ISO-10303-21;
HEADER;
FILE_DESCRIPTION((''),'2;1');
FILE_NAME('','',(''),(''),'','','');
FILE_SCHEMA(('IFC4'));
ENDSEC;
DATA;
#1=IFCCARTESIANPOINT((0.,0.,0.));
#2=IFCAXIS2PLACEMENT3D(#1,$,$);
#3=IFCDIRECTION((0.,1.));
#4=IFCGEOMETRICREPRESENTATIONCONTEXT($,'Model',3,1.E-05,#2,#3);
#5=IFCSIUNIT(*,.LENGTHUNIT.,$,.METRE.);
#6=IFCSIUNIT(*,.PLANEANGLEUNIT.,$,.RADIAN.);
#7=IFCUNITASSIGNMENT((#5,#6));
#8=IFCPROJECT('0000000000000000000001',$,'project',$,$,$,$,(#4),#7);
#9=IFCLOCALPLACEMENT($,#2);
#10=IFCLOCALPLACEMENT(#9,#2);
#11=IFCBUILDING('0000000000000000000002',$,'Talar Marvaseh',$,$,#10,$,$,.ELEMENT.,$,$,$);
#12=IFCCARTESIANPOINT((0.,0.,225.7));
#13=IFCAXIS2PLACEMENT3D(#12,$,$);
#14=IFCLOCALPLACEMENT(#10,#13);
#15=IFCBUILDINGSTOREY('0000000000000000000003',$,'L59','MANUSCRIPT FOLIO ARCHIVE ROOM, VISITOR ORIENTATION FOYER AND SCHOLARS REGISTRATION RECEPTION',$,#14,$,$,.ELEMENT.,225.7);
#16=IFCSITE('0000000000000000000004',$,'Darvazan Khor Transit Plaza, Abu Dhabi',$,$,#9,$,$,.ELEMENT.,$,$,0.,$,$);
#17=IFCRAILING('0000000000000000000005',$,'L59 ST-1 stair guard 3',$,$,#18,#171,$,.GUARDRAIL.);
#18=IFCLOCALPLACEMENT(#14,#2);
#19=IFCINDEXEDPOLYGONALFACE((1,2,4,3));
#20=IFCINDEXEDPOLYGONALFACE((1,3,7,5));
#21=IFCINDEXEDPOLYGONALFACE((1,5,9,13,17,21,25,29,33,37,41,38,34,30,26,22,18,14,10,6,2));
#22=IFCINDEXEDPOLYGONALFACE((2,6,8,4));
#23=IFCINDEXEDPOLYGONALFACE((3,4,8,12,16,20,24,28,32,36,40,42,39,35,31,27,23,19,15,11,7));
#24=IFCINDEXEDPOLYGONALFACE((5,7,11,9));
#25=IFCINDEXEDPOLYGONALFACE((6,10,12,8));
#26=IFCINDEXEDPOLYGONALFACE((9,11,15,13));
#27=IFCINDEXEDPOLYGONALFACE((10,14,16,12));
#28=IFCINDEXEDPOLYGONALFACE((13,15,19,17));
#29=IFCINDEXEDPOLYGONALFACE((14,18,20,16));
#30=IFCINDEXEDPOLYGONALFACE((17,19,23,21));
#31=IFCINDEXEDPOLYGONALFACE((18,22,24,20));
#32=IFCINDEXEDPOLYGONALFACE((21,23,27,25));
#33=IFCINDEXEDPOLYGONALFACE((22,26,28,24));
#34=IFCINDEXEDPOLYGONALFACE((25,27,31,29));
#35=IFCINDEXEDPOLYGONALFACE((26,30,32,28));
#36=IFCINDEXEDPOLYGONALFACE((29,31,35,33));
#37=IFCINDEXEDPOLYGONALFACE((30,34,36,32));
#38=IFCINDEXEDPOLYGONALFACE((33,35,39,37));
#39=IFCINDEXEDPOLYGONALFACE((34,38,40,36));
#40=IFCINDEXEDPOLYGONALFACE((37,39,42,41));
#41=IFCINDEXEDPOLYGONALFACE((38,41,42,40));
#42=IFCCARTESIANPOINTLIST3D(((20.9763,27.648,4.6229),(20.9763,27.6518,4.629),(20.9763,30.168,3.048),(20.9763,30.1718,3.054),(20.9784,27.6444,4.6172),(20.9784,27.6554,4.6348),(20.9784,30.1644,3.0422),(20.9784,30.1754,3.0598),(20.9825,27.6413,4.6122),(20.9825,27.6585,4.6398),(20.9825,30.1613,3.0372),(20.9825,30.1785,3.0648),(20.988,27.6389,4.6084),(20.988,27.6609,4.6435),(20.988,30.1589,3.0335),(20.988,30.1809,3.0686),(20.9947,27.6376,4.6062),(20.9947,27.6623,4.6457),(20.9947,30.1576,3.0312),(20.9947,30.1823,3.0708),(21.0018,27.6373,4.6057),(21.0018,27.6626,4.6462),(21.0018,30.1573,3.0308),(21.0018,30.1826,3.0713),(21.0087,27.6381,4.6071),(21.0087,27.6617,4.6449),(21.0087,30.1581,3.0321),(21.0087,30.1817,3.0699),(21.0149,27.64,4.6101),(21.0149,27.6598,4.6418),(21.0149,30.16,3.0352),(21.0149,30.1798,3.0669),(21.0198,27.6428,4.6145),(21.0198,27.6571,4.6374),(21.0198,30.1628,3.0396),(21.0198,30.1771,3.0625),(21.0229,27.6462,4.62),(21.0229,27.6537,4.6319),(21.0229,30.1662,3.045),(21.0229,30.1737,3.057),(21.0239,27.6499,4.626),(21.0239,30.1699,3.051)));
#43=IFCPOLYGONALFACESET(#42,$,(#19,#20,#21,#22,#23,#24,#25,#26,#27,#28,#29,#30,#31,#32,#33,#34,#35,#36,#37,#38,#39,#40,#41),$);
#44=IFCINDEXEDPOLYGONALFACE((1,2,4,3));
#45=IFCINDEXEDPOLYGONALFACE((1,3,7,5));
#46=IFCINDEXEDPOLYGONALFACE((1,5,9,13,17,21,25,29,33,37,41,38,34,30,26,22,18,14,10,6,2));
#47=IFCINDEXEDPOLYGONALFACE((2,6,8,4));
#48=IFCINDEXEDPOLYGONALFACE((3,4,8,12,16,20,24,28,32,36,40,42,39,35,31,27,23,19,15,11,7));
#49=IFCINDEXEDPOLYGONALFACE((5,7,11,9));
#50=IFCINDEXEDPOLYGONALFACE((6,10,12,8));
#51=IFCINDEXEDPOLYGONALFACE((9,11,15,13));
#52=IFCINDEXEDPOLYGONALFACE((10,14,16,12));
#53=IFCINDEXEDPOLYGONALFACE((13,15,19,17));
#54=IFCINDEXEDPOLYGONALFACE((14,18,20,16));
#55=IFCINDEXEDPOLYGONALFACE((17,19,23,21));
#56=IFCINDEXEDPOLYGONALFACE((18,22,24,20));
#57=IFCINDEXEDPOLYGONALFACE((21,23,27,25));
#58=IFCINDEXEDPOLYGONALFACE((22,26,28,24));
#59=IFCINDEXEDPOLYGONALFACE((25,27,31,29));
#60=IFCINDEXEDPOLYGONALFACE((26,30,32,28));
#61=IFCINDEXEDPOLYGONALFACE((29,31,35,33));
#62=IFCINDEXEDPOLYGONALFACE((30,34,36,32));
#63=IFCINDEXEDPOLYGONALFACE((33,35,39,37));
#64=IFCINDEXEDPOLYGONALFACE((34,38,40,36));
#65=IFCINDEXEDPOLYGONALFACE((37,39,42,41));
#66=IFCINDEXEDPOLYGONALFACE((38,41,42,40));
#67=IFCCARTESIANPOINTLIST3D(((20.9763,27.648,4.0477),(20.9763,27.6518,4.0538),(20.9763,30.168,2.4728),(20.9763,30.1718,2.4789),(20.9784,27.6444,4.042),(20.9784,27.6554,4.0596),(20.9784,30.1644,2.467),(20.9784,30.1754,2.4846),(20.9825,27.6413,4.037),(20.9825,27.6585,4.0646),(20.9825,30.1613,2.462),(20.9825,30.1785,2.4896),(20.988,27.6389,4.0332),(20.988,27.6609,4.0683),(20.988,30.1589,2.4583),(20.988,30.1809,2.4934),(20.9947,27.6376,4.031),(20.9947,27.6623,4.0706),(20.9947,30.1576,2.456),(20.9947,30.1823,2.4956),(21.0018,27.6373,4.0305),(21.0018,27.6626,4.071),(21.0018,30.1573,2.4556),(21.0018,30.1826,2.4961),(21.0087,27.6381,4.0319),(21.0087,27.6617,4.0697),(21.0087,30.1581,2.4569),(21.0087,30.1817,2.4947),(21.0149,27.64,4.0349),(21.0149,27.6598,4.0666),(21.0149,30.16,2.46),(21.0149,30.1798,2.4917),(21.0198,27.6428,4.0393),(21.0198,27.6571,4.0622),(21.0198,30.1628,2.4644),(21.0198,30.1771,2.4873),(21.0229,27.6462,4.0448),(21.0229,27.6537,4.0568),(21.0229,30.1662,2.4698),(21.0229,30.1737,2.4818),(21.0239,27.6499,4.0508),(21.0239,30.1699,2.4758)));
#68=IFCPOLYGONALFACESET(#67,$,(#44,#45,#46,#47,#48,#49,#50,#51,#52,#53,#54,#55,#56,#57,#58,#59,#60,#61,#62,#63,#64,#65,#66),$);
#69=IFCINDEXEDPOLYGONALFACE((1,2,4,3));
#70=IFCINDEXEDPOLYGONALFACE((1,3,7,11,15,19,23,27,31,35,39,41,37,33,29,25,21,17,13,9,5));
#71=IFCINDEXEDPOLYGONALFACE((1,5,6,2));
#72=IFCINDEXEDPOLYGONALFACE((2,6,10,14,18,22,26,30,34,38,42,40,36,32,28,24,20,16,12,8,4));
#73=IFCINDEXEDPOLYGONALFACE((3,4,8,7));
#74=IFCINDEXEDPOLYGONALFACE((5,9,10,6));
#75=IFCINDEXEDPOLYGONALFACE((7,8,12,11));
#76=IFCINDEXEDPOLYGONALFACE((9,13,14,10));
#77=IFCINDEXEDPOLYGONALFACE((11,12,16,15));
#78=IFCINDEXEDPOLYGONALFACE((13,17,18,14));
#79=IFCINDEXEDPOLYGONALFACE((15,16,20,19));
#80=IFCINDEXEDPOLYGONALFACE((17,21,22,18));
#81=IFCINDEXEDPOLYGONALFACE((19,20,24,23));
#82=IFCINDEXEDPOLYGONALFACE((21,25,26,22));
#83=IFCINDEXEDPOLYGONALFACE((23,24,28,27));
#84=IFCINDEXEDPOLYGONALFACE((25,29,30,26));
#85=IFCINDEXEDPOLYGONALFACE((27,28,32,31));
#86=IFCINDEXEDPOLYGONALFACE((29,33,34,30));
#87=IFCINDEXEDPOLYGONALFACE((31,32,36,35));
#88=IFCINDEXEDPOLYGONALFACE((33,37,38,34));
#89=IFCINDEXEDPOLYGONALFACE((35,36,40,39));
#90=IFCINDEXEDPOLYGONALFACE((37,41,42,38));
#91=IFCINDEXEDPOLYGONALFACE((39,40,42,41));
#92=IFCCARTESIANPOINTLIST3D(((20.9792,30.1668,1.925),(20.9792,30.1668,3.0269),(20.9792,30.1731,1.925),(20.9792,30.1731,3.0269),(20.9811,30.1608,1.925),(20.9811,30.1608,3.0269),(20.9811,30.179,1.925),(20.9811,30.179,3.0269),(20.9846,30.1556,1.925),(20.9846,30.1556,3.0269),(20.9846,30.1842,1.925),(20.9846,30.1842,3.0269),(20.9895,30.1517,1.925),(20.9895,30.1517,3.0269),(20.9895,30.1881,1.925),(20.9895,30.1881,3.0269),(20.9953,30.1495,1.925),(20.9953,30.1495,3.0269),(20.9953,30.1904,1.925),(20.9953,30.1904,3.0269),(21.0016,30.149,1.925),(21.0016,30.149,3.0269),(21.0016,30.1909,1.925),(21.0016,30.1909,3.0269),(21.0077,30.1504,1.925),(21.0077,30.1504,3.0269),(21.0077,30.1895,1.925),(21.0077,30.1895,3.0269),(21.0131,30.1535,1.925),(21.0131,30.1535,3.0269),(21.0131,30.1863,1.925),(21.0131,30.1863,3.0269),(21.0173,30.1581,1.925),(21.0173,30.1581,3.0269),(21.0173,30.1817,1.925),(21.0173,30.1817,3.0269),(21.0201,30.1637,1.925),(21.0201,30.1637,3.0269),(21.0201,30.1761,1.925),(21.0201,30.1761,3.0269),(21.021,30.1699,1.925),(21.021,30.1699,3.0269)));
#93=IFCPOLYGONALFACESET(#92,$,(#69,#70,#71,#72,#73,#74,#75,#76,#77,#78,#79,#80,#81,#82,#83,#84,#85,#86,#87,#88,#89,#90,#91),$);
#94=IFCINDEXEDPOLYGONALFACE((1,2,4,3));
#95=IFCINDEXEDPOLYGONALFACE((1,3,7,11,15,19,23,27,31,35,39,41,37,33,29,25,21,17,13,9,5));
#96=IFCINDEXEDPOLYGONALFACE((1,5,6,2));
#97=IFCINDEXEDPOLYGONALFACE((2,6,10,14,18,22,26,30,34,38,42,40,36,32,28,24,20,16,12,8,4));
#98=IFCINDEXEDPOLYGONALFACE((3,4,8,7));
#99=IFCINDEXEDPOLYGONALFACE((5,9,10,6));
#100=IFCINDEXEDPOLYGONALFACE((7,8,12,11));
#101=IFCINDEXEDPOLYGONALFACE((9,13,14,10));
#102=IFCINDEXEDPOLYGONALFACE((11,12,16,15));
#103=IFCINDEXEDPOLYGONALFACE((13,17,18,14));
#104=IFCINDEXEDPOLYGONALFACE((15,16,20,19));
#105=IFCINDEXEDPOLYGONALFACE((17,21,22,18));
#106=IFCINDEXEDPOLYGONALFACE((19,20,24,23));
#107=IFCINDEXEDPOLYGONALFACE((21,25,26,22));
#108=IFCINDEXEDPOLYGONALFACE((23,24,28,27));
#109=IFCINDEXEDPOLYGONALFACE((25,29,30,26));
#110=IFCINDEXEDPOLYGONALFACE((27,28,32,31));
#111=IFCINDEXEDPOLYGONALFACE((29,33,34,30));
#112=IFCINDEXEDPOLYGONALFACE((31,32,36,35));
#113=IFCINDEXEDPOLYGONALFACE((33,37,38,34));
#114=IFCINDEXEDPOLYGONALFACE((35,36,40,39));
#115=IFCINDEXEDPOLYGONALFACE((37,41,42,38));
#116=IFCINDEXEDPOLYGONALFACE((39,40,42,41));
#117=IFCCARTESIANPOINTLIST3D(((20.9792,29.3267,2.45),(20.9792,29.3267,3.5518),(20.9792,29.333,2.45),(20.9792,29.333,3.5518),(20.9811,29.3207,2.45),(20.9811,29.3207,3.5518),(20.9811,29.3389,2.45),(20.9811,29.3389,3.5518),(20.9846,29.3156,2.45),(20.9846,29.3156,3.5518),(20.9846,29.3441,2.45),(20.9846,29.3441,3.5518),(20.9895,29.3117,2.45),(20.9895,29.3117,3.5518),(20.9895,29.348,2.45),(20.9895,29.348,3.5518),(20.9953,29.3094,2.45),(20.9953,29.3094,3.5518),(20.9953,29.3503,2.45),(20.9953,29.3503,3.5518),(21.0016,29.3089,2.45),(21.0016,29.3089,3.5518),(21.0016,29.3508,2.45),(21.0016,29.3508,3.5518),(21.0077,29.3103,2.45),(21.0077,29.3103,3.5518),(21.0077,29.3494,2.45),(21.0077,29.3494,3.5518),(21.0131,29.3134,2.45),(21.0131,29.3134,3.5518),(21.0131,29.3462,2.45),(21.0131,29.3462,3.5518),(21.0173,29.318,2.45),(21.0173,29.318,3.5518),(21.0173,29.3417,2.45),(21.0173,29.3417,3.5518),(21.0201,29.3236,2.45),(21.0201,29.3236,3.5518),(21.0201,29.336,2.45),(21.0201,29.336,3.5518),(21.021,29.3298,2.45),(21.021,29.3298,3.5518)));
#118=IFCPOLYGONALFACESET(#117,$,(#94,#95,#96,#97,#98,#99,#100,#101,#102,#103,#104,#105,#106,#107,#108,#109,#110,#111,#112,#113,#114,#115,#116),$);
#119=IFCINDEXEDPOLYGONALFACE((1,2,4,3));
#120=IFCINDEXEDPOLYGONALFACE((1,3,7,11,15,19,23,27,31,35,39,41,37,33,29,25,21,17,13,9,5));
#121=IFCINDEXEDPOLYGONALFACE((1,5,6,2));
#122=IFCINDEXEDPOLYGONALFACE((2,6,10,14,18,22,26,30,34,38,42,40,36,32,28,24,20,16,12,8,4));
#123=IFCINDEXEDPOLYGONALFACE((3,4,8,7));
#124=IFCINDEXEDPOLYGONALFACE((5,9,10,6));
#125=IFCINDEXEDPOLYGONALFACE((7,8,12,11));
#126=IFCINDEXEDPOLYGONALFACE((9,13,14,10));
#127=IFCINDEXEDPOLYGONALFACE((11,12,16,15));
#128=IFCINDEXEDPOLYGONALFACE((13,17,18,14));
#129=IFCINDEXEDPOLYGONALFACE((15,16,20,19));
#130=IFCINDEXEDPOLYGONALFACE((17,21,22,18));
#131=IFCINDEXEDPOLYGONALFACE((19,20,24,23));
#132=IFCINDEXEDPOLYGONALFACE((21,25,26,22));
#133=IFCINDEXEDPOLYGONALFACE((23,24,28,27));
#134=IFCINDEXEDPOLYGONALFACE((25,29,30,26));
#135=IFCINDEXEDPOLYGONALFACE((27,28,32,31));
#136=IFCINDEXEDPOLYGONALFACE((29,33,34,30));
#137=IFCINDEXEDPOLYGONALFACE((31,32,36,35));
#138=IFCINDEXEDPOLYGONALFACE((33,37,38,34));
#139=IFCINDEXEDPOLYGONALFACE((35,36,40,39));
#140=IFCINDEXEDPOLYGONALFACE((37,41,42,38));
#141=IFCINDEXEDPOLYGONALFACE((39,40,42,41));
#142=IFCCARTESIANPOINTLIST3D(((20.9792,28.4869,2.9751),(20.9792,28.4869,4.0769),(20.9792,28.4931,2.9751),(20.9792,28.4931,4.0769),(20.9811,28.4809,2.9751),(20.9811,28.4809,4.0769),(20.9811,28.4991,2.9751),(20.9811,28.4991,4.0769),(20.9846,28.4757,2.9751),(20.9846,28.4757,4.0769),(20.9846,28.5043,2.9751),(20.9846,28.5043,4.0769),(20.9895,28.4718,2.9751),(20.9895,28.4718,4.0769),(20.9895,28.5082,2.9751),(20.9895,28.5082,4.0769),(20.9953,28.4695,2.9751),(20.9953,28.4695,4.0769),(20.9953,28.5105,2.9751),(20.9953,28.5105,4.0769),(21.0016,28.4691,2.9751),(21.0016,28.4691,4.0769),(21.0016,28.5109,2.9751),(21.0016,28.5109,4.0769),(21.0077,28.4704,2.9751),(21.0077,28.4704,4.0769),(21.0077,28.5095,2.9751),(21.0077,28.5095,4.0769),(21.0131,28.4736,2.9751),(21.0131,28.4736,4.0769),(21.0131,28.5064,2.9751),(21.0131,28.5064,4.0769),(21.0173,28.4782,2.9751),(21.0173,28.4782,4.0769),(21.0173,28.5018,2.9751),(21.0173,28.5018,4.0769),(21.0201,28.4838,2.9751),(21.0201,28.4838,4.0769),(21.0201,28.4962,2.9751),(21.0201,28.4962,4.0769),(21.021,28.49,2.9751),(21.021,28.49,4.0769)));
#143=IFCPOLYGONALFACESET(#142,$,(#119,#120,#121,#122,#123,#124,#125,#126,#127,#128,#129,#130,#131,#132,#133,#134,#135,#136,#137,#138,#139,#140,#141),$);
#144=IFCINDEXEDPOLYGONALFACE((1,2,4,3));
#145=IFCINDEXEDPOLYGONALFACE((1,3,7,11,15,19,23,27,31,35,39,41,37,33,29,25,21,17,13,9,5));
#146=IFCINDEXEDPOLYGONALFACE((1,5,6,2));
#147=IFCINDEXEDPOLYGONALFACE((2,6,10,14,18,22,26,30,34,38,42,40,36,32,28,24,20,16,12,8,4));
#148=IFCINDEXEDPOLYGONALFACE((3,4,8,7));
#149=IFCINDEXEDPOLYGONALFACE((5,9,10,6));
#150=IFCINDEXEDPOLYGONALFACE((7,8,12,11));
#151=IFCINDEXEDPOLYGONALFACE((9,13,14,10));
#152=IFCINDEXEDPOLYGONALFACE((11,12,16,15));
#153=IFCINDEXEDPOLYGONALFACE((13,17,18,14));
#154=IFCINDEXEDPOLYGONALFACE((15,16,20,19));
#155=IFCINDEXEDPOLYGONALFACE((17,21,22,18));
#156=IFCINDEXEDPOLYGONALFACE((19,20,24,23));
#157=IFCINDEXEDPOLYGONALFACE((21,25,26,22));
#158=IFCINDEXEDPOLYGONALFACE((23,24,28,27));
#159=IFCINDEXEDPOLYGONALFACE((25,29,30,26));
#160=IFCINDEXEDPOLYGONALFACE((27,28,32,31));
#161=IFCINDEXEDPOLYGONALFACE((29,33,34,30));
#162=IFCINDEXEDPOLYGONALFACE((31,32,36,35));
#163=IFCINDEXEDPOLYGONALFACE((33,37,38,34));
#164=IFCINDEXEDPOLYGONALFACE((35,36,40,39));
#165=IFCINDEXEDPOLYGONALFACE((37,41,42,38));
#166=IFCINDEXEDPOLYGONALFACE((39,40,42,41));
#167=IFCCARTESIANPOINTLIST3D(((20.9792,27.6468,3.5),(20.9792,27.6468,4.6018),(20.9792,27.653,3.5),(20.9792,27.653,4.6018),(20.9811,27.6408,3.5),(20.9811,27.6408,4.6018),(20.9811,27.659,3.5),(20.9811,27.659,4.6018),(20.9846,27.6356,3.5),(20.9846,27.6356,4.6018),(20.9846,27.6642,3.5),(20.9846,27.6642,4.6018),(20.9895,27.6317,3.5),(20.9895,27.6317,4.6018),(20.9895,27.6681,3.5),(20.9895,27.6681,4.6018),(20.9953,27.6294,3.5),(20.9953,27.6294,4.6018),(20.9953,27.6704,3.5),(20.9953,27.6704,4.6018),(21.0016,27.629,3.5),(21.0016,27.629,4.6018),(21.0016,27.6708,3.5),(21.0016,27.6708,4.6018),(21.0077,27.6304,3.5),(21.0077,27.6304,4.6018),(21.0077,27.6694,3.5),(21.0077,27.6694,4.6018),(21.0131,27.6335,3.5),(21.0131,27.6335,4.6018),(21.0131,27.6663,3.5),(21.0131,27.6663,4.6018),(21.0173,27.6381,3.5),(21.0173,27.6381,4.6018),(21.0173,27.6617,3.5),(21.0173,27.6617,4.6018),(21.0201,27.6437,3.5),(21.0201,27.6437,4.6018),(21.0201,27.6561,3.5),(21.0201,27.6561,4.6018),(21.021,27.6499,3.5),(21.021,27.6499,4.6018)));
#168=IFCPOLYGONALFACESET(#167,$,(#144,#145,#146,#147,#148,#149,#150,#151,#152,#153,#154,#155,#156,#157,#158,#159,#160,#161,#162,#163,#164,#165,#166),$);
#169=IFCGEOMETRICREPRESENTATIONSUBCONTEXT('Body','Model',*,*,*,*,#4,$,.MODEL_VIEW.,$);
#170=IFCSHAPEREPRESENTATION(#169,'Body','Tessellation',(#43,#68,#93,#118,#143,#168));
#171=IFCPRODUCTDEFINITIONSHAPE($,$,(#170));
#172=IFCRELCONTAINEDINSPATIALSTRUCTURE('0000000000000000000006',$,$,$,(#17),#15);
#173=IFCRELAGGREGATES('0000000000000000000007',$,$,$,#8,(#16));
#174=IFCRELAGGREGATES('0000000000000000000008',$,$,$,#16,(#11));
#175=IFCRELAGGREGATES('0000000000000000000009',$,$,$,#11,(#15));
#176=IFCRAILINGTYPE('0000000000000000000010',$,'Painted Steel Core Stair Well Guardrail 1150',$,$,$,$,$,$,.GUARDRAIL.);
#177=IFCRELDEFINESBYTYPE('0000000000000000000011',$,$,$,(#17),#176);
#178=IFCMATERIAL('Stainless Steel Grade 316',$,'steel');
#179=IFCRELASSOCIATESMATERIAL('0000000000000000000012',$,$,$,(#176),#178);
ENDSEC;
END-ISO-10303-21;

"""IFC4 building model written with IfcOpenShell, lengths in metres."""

from ifc_helpers import new_model, si_unit, direction, frame, origin, origin_2d, place, context, subcontext, project, spatial, circle, extrude, material, type_object, element, save


model = new_model("IFC4")

# Units and contexts
model_context = context("Model", 3, precision=1e-05, world=origin(), true_north=direction((0.0, 1.0)))
body_context = subcontext(model_context, "Body", "Model", "MODEL_VIEW")
ifc_project = project(units=[si_unit("LENGTHUNIT", "METRE"), si_unit("PLANEANGLEUNIT", "RADIAN")], contexts=[model_context])

# Site, building, storey
site_placement = place(None, origin())
site = spatial("IfcSite", under=ifc_project, at=site_placement, Name="Darvazan Khor Transit Plaza, Abu Dhabi", CompositionType="ELEMENT", RefElevation=0.0)
building_placement = place(site_placement, origin())
building = spatial("IfcBuilding", under=site, at=building_placement, Name="Talar Marvaseh", CompositionType="ELEMENT")
storey_placement = place(building_placement, frame((0.0, 0.0, 225.7)))
storey = spatial("IfcBuildingStorey", under=building, at=storey_placement, Name="L59", Description="MANUSCRIPT FOLIO ARCHIVE ROOM, VISITOR ORIENTATION FOYER AND SCHOLARS REGISTRATION RECEPTION", CompositionType="ELEMENT", Elevation=225.7)

# Railing
ifc_material_1 = material(Name="Stainless Steel Grade 316", Category="steel")
railing_type_1 = type_object("IfcRailingType", Name="Painted Steel Core Stair Well Guardrail 1150", PredefinedType="GUARDRAIL", material=ifc_material_1)
railing_1_placement = place(storey_placement, frame((21.0, 30.1699, 1.925)))
element("IfcRailing", 1, at=railing_1_placement, inside=storey, type_object=railing_type_1, Name="L59 ST-1 stair guard 3", PredefinedType="GUARDRAIL", context=body_context, shape_type="SweptSolid", body=[
    extrude(circle(Radius=0.0239, at=origin_2d()), frame((0.0, 0.0, 1.126), z_axis=(0.0, -0.848008, 0.529984), x_axis=(1.0, 0.0, 0.0)), (0.0, 0.0, 1.0), 2.9717),
    extrude(circle(Radius=0.0239, at=origin_2d()), frame((0.0, 0.0, 0.5508), z_axis=(0.0, -0.848008, 0.529984), x_axis=(1.0, 0.0, 0.0)), (0.0, 0.0, 1.0), 2.9717),
    extrude(circle(Radius=0.021, at=origin_2d()), origin(), (0.0, 0.0, 1.0), 1.1018),
    extrude(circle(Radius=0.021, at=origin_2d()), frame((0.0, -0.8401, 0.5249)), (0.0, 0.0, 1.0), 1.1018),
    extrude(circle(Radius=0.021, at=origin_2d()), frame((0.0, -1.6799, 1.05)), (0.0, 0.0, 1.0), 1.1018),
    extrude(circle(Radius=0.021, at=origin_2d()), frame((0.0, -2.52, 1.575)), (0.0, 0.0, 1.0), 1.1018),
])

save(model, "model.ifc")
